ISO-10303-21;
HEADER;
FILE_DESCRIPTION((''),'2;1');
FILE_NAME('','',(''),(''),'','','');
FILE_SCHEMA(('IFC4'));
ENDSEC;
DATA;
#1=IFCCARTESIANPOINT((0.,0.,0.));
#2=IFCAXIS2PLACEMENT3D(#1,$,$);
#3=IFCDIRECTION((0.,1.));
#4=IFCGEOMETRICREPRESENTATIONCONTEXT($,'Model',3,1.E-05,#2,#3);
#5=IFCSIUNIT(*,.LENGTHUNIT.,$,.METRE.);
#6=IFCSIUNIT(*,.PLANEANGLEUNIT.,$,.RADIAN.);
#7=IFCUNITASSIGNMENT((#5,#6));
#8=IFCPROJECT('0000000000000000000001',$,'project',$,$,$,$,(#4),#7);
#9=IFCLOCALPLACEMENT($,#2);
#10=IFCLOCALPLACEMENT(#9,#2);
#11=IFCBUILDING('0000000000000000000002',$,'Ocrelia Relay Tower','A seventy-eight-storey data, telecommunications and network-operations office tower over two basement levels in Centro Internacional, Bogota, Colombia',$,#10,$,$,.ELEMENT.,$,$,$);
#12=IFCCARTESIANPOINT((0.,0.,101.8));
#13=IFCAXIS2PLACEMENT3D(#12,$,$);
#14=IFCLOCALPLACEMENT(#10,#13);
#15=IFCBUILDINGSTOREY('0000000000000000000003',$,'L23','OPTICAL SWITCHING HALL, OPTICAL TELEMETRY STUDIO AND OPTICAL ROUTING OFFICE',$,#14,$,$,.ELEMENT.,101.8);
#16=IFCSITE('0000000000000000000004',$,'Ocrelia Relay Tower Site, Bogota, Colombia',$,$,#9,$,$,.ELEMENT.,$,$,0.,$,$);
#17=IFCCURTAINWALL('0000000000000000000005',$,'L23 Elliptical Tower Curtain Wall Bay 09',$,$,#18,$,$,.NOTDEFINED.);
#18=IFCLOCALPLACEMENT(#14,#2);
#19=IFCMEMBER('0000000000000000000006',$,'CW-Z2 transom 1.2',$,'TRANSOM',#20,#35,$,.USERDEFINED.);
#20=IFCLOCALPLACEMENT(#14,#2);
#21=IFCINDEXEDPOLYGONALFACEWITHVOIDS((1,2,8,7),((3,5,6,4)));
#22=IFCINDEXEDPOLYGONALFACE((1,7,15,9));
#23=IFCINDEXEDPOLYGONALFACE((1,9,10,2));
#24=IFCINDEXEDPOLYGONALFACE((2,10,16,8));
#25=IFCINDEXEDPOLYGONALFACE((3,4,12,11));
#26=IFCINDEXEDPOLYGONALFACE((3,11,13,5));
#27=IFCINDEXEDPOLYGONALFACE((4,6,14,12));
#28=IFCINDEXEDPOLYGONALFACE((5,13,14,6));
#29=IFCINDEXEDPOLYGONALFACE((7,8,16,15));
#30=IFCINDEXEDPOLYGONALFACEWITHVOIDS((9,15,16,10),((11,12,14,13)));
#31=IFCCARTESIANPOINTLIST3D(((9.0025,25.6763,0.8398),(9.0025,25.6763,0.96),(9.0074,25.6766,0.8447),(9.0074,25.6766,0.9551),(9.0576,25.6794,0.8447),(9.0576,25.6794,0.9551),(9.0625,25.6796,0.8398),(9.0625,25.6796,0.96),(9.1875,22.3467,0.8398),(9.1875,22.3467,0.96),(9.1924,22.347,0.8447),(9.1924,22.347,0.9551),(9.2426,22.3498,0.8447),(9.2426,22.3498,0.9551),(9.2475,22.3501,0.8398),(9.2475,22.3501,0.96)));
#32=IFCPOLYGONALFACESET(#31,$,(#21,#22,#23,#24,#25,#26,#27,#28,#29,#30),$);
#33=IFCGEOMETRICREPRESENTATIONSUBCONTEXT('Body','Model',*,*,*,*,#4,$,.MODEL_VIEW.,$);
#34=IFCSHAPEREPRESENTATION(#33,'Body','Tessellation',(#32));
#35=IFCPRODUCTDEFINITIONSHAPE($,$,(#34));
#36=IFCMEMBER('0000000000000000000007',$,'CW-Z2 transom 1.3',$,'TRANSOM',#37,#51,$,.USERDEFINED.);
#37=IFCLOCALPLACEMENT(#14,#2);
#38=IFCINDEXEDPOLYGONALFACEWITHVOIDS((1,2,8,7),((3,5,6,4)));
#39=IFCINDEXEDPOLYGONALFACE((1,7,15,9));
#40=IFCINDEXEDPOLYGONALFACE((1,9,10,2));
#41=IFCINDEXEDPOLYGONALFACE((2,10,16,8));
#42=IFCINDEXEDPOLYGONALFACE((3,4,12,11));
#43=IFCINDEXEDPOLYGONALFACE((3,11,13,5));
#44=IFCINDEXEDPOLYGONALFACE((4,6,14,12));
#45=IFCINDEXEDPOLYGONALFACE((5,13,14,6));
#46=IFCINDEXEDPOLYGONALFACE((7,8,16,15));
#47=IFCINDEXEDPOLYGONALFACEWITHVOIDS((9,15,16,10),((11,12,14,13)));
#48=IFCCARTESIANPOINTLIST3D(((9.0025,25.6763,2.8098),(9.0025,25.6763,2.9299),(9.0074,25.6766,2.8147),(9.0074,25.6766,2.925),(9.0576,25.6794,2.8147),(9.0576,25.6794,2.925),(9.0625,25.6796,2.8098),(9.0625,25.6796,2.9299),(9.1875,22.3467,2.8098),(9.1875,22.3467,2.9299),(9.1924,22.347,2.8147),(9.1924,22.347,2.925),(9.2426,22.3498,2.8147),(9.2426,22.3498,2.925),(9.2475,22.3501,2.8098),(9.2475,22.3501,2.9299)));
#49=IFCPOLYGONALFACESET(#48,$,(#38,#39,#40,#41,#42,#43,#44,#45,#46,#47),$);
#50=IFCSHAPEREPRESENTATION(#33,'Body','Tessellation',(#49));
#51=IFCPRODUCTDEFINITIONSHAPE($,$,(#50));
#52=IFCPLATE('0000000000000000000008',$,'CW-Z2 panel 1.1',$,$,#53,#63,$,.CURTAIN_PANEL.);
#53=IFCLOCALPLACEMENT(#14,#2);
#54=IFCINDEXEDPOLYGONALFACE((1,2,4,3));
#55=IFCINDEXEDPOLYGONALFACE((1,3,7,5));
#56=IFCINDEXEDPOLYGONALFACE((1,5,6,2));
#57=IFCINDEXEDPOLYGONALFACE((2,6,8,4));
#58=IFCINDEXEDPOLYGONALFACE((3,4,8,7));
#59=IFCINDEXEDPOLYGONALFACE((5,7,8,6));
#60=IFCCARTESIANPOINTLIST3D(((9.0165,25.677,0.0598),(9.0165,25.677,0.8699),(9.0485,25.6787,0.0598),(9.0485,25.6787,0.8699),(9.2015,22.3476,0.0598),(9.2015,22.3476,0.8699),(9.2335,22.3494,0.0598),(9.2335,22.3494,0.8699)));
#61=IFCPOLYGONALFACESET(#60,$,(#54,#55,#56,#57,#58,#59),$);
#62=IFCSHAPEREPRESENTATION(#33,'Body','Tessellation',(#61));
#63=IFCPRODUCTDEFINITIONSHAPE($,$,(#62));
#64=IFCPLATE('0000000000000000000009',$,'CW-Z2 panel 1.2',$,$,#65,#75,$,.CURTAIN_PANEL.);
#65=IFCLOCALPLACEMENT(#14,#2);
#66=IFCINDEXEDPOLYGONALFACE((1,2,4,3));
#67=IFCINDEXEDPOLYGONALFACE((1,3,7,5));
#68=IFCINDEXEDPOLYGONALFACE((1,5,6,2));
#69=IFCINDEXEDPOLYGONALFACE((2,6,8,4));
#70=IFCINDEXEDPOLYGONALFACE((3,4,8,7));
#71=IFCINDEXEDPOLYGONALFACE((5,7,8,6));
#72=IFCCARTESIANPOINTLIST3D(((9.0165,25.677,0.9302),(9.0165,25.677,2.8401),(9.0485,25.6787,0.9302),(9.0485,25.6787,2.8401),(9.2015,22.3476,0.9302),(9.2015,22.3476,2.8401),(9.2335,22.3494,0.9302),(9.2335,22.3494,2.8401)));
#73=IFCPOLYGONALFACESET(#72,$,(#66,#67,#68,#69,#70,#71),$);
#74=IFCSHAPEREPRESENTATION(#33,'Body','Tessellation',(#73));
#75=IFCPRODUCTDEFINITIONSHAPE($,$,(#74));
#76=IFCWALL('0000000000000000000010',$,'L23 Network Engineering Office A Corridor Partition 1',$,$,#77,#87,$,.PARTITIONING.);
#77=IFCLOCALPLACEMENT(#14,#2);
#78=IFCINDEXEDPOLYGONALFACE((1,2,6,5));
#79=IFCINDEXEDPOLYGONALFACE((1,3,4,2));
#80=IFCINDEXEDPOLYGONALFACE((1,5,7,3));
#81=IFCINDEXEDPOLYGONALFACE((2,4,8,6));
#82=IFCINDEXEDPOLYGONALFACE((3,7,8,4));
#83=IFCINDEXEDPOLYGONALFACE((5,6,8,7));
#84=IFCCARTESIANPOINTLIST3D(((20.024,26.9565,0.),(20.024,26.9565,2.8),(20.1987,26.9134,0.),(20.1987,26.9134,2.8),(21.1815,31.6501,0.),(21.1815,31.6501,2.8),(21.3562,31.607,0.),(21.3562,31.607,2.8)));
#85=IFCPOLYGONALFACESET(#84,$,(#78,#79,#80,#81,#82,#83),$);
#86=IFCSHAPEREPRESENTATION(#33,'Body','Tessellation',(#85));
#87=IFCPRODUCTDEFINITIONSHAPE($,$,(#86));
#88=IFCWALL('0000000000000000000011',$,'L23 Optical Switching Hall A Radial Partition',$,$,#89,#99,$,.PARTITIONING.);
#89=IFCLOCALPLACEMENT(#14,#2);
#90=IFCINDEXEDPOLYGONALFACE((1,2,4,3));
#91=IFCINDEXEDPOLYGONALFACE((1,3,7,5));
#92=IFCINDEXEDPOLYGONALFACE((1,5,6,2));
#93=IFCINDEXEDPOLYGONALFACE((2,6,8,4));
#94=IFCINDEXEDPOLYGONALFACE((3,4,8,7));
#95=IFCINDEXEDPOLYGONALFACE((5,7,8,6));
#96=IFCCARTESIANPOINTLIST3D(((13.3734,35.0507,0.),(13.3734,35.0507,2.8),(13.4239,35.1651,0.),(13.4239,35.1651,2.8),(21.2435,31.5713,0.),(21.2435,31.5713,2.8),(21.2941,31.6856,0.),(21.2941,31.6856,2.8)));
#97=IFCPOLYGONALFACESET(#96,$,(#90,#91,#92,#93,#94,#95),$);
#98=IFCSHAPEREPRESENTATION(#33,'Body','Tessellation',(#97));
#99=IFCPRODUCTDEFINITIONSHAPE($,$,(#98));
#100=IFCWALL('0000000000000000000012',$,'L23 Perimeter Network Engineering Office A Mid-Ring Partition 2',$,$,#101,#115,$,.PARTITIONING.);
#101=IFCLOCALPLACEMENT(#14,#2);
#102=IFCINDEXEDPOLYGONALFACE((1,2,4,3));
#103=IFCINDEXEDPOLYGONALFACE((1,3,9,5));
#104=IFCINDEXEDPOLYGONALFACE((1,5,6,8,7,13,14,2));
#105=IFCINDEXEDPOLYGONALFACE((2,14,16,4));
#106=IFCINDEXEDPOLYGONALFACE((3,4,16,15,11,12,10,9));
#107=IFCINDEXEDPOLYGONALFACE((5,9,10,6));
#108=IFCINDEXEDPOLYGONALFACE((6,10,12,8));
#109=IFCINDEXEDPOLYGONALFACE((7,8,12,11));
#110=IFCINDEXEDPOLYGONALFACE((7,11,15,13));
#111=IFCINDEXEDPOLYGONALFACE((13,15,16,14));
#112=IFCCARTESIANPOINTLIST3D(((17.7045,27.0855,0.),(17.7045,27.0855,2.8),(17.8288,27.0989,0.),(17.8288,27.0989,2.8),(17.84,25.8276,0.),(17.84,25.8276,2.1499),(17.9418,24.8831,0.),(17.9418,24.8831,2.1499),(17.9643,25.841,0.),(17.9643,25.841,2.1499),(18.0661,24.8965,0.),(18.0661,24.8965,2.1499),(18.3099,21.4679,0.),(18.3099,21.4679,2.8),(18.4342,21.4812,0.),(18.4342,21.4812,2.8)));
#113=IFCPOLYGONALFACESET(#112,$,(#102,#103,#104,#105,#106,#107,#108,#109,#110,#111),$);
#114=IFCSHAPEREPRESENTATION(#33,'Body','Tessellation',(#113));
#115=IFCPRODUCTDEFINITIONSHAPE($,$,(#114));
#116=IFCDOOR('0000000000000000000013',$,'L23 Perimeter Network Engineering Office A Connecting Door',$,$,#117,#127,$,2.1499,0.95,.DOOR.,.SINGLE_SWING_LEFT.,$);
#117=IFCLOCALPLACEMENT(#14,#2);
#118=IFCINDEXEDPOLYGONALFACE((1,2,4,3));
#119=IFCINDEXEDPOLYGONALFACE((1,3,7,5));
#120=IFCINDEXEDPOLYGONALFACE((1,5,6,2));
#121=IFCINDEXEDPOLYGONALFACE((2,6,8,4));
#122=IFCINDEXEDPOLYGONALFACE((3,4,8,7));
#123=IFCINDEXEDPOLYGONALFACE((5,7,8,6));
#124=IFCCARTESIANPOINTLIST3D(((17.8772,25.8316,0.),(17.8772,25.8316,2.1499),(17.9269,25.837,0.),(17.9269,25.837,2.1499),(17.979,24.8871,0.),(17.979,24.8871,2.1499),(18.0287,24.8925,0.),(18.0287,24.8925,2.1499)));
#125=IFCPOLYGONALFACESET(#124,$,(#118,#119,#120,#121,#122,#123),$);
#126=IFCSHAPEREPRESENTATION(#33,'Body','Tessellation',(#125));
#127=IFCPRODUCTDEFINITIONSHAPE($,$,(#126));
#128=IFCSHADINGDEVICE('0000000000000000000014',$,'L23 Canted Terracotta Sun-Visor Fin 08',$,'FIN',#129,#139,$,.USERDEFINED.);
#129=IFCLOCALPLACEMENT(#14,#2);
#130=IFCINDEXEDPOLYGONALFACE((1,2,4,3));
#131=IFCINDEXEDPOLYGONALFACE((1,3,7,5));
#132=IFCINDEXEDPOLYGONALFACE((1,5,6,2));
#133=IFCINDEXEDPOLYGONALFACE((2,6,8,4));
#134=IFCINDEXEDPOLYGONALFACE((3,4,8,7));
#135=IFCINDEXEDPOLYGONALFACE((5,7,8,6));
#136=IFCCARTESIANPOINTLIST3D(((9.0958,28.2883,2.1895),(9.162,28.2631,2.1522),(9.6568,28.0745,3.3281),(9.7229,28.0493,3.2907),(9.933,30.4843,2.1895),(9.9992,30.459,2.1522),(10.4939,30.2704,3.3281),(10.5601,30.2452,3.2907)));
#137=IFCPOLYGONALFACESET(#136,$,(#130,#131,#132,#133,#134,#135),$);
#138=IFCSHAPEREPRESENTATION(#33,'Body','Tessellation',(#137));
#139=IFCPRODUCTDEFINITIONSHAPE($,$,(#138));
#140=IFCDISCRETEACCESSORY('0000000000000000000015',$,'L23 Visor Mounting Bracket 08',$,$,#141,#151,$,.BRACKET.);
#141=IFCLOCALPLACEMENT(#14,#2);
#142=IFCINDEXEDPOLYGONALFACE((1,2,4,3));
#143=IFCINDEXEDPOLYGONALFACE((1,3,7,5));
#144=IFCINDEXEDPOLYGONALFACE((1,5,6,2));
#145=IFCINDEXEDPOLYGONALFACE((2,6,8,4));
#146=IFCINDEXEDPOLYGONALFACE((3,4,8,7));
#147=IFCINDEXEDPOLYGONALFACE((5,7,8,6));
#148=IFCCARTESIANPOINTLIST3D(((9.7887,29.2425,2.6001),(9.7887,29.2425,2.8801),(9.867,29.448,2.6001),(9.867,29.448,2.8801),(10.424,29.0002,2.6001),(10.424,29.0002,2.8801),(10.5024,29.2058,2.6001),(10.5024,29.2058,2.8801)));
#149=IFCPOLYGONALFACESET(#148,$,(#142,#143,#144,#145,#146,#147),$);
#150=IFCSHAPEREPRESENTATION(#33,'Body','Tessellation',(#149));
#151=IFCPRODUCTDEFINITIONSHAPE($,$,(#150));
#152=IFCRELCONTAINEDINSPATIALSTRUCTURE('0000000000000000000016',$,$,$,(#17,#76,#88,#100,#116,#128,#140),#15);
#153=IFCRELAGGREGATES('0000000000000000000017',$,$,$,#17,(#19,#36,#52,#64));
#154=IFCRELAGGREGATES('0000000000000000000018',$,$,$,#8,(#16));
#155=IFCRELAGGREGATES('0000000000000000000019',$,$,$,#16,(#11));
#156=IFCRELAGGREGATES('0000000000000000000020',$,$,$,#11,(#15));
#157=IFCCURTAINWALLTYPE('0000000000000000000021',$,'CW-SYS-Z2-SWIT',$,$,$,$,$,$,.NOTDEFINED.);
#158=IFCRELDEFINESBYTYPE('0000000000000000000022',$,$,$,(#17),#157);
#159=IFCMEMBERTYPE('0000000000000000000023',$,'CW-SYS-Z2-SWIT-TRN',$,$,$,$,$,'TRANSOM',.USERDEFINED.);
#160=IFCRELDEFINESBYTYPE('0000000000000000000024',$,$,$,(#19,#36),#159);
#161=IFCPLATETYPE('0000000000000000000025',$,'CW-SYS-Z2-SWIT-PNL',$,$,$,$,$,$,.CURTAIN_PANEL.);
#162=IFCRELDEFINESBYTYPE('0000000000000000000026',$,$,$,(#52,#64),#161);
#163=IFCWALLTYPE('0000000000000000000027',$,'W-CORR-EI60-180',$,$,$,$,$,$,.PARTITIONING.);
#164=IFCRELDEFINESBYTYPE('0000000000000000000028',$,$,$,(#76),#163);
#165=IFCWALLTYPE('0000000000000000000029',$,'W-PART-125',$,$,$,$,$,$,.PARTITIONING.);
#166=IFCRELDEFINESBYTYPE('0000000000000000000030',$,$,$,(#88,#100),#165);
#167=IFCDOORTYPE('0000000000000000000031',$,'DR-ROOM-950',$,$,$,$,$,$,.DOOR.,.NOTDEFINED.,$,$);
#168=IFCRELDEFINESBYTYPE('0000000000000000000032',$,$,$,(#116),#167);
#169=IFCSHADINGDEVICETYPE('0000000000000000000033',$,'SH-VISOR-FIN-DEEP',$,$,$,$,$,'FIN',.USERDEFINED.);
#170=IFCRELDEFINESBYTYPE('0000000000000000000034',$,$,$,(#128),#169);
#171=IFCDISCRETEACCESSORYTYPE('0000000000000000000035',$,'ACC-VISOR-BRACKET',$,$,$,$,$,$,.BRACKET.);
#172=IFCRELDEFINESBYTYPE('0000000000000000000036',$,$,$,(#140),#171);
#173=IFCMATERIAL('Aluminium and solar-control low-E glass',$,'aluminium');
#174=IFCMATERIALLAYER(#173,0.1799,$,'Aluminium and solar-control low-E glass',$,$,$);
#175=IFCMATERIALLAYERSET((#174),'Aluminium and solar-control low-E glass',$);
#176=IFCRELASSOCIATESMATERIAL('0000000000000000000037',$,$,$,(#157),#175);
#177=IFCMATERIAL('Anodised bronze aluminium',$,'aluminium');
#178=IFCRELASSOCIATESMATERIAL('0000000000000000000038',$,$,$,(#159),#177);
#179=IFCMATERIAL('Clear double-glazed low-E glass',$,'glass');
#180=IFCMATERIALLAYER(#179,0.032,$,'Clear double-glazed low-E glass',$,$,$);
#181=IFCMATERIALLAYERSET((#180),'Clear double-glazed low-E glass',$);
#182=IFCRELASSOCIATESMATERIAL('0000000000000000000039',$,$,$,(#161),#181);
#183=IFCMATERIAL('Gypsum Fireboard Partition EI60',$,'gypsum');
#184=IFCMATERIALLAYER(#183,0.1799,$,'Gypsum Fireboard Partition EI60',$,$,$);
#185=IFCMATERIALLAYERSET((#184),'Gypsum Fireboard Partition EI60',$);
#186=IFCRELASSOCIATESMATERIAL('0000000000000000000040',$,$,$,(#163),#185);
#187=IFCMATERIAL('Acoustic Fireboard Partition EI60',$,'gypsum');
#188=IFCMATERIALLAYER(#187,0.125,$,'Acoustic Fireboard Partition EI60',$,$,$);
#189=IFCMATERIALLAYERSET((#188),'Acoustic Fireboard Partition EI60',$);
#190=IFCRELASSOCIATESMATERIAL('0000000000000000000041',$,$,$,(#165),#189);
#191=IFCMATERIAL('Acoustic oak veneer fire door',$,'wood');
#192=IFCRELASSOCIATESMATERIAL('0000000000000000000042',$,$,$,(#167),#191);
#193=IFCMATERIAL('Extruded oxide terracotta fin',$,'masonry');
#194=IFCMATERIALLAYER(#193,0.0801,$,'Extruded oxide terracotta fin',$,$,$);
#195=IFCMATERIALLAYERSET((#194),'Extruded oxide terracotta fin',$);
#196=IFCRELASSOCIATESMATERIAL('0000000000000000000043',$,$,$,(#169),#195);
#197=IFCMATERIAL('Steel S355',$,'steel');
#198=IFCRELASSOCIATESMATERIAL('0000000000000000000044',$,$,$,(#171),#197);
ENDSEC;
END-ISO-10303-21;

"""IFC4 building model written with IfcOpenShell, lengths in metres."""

from ifc_helpers import new_model, si_unit, direction, frame, frame_2d, origin, origin_2d, place, context, subcontext, project, spatial, rectangle, hollow_rectangle, extrude, material, layer, layer_set, material_profile, profile_set, type_object, element, fill, aggregate, save


model = new_model("IFC4")

# Units and contexts
model_context = context("Model", 3, precision=1e-05, world=origin(), true_north=direction((0.0, 1.0)))
body_context = subcontext(model_context, "Body", "Model", "MODEL_VIEW")
ifc_project = project(units=[si_unit("LENGTHUNIT", "METRE"), si_unit("PLANEANGLEUNIT", "RADIAN")], contexts=[model_context])

# Site, building, storey
site_placement = place(None, origin())
site = spatial("IfcSite", under=ifc_project, at=site_placement, Name="Ocrelia Relay Tower Site, Bogota, Colombia", CompositionType="ELEMENT", RefElevation=0.0)
building_placement = place(site_placement, origin())
building = spatial("IfcBuilding", under=site, at=building_placement, Name="Ocrelia Relay Tower", Description="A seventy-eight-storey data, telecommunications and network-operations office tower over two basement levels in Centro Internacional, Bogota, Colombia", CompositionType="ELEMENT")
storey_placement = place(building_placement, frame((0.0, 0.0, 101.8)))
storey = spatial("IfcBuildingStorey", under=building, at=storey_placement, Name="L23", Description="OPTICAL SWITCHING HALL, OPTICAL TELEMETRY STUDIO AND OPTICAL ROUTING OFFICE", CompositionType="ELEMENT", Elevation=101.8)

# Shared definitions
ifc_material_1 = material(Name="Steel S355", Category="steel")

# Curtain wall, members, plates
ifc_material_2 = material(Name="Aluminium and solar-control low-E glass", Category="aluminium")
ifc_layer_1 = layer(ifc_material_2, 0.1799, Name="Aluminium and solar-control low-E glass")
ifc_layer_set_1 = layer_set([ifc_layer_1], Name="Aluminium and solar-control low-E glass")
curtain_wall_type = type_object("IfcCurtainWallType", Name="CW-SYS-Z2-SWIT", PredefinedType="NOTDEFINED", material=ifc_layer_set_1)
curtain_wall_placement = place(storey_placement, origin())
curtain_wall = element("IfcCurtainWall", 1, at=curtain_wall_placement, inside=storey, type_object=curtain_wall_type, Name="L23 Elliptical Tower Curtain Wall Bay 09", PredefinedType="NOTDEFINED")
ifc_material_3 = material(Name="Anodised bronze aluminium", Category="aluminium")
ifc_material_profile_1 = material_profile(ifc_material_3, hollow_rectangle(XDim=0.0601, YDim=0.1201, WallThickness=0.0049, at=origin_2d()), Name="CW-TRN-120x60")
ifc_profile_set_1 = profile_set([ifc_material_profile_1], Name="Anodised bronze aluminium")
member_type_1 = type_object("IfcMemberType", Name="CW-SYS-Z2-SWIT-TRN", ElementType="TRANSOM", PredefinedType="USERDEFINED", material=ifc_profile_set_1)
member_1_placement = place(storey_placement, frame((9.0325, 25.678, 0.8999), z_axis=(0.055494, -0.998459, 0.0), x_axis=(0.998459, 0.055494, 0.0)))
member_1 = element("IfcMember", 2, at=member_1_placement, type_object=member_type_1, Name="CW-Z2 transom 1.2", ObjectType="TRANSOM", PredefinedType="USERDEFINED", context=body_context, shape_type="SweptSolid", body=[
    extrude(hollow_rectangle(XDim=0.0601, YDim=0.1201, WallThickness=0.0049, at=origin_2d()), origin(), (0.0, 0.0, 1.0), 3.3347),
])
member_2_placement = place(storey_placement, frame((9.0325, 25.678, 2.8699), z_axis=(0.055494, -0.998459, 0.0), x_axis=(0.998459, 0.055494, 0.0)))
member_2 = element("IfcMember", 3, at=member_2_placement, type_object=member_type_1, Name="CW-Z2 transom 1.3", ObjectType="TRANSOM", PredefinedType="USERDEFINED", context=body_context, shape_type="SweptSolid", body=[
    extrude(hollow_rectangle(XDim=0.0601, YDim=0.1201, WallThickness=0.0049, at=origin_2d()), origin(), (0.0, 0.0, 1.0), 3.3347),
])
ifc_material_4 = material(Name="Clear double-glazed low-E glass", Category="glass")
ifc_layer_2 = layer(ifc_material_4, 0.032, Name="Clear double-glazed low-E glass")
ifc_layer_set_2 = layer_set([ifc_layer_2], Name="Clear double-glazed low-E glass")
plate_type = type_object("IfcPlateType", Name="CW-SYS-Z2-SWIT-PNL", PredefinedType="CURTAIN_PANEL", material=ifc_layer_set_2)
plate_1_placement = place(storey_placement, frame((9.125, 24.0132, 0.0598), z_axis=(0.0, 0.0, 1.0), x_axis=(0.055487, -0.998459, 0.0)))
plate_1 = element("IfcPlate", 4, at=plate_1_placement, type_object=plate_type, Name="CW-Z2 panel 1.1", PredefinedType="CURTAIN_PANEL", context=body_context, shape_type="SweptSolid", body=[
    extrude(rectangle(XDim=3.3345, YDim=0.032, at=origin_2d()), origin(), (0.0, 0.0, 1.0), 0.8101),
])
plate_2_placement = place(storey_placement, frame((9.125, 24.0132, 0.9302), z_axis=(0.0, 0.0, 1.0), x_axis=(0.055487, -0.998459, 0.0)))
plate_2 = element("IfcPlate", 5, at=plate_2_placement, type_object=plate_type, Name="CW-Z2 panel 1.2", PredefinedType="CURTAIN_PANEL", context=body_context, shape_type="SweptSolid", body=[
    extrude(rectangle(XDim=3.3345, YDim=0.032, at=origin_2d()), origin(), (0.0, 0.0, 1.0), 1.9099),
])
aggregate(curtain_wall, [member_1, member_2, plate_1, plate_2])

# Wall
ifc_material_5 = material(Name="Gypsum Fireboard Partition EI60", Category="gypsum")
ifc_layer_3 = layer(ifc_material_5, 0.1799, Name="Gypsum Fireboard Partition EI60")
ifc_layer_set_3 = layer_set([ifc_layer_3], Name="Gypsum Fireboard Partition EI60")
wall_type_1 = type_object("IfcWallType", Name="W-CORR-EI60-180", PredefinedType="PARTITIONING", material=ifc_layer_set_3)
wall_1_placement = place(storey_placement, frame((21.2688, 31.6284, 0.0), z_axis=(0.0, 0.0, 1.0), x_axis=(-0.239433, -0.970913, 0.0)))
element("IfcWall", 6, at=wall_1_placement, inside=storey, type_object=wall_type_1, Name="L23 Network Engineering Office A Corridor Partition 1", PredefinedType="PARTITIONING", context=body_context, shape_type="SweptSolid", body=[
    extrude(rectangle(XDim=4.8342, YDim=0.1799, at=frame_2d((2.417, 0.0))), origin(), (0.0, 0.0, 1.0), 2.8),
])

# Shared definitions
ifc_material_6 = material(Name="Acoustic oak veneer fire door", Category="wood")

# Wall
ifc_material_7 = material(Name="Acoustic Fireboard Partition EI60", Category="gypsum")
ifc_layer_4 = layer(ifc_material_7, 0.125, Name="Acoustic Fireboard Partition EI60")
ifc_layer_set_4 = layer_set([ifc_layer_4], Name="Acoustic Fireboard Partition EI60")
wall_type_2 = type_object("IfcWallType", Name="W-PART-125", PredefinedType="PARTITIONING", material=ifc_layer_set_4)
wall_2_placement = place(storey_placement, frame((21.2688, 31.6284, 0.0), z_axis=(0.0, 0.0, 1.0), x_axis=(-0.914601, 0.404358, 0.0)))
element("IfcWall", 7, at=wall_2_placement, inside=storey, type_object=wall_type_2, Name="L23 Optical Switching Hall A Radial Partition", PredefinedType="PARTITIONING", context=body_context, shape_type="SweptSolid", body=[
    extrude(rectangle(XDim=8.605, YDim=0.125, at=frame_2d((4.3025, 0.0))), origin(), (0.0, 0.0, 1.0), 2.8),
])

# Wall, opening, door
wall_3_placement = place(storey_placement, frame((17.7666, 27.0923, 0.0), z_axis=(0.0, 0.0, 1.0), x_axis=(0.107159, -0.994242, 0.0)))
wall_3 = element("IfcWall", 8, at=wall_3_placement, inside=storey, type_object=wall_type_2, Name="L23 Perimeter Network Engineering Office A Mid-Ring Partition 2", PredefinedType="PARTITIONING", context=body_context, shape_type="SweptSolid", body=[
    extrude(rectangle(XDim=5.6501, YDim=0.125, at=frame_2d((2.8252, 0.0))), origin(), (0.0, 0.0, 1.0), 2.8),
])
opening_1_placement = place(wall_3_placement, frame((1.2651, 0.0, 0.0)))
opening_1 = element("IfcOpeningElement", 9, at=opening_1_placement, cuts=wall_3, PredefinedType="OPENING", context=body_context, shape_type="SweptSolid", body=[
    extrude(rectangle(XDim=0.95, YDim=2.1499, at=frame_2d((0.4751, 1.075))), frame((0.0, 0.0725, 0.0), z_axis=(0.0, -1.0, 0.0), x_axis=(1.0, 0.0, 0.0)), (0.0, 0.0, 1.0), 0.145),
])
door_type_1 = type_object("IfcDoorType", Name="DR-ROOM-950", OperationType="NOTDEFINED", PredefinedType="DOOR", material=ifc_material_6)
door_1_placement = place(opening_1_placement, origin())
door_1 = element("IfcDoor", 10, at=door_1_placement, inside=storey, type_object=door_type_1, Name="L23 Perimeter Network Engineering Office A Connecting Door", OperationType="SINGLE_SWING_LEFT", OverallHeight=2.1499, OverallWidth=0.95, PredefinedType="DOOR", context=body_context, shape_type="SweptSolid", body=[
    extrude(rectangle(XDim=0.95, YDim=2.1499, at=frame_2d((0.4751, 1.075))), frame((0.0, 0.0249, 0.0), z_axis=(0.0, -1.0, 0.0), x_axis=(1.0, 0.0, 0.0)), (0.0, 0.0, 1.0), 0.05),
])
fill(opening_1, door_1)

# Shading device
ifc_material_8 = material(Name="Extruded oxide terracotta fin", Category="masonry")
ifc_layer_5 = layer(ifc_material_8, 0.0801, Name="Extruded oxide terracotta fin")
ifc_layer_set_5 = layer_set([ifc_layer_5], Name="Extruded oxide terracotta fin")
shading_device_type = type_object("IfcShadingDeviceType", Name="SH-VISOR-FIN-DEEP", ElementType="FIN", PredefinedType="USERDEFINED", material=ifc_layer_set_5)
shading_device_placement = place(storey_placement, frame((9.8611, 29.2542, 2.7214), z_axis=(-0.826548, 0.315121, 0.466387), x_axis=(-0.356238, -0.934395, 0.0)))
element("IfcShadingDevice", 11, at=shading_device_placement, inside=storey, type_object=shading_device_type, Name="L23 Canted Terracotta Sun-Visor Fin 08", ObjectType="FIN", PredefinedType="USERDEFINED", context=body_context, shape_type="SweptSolid", body=[
    extrude(rectangle(XDim=2.3501, YDim=1.2871, at=origin_2d()), origin(), (0.0, 0.0, 1.0), 0.0801),
])

# Discrete accessory
discrete_accessory_type = type_object("IfcDiscreteAccessoryType", Name="ACC-VISOR-BRACKET", PredefinedType="BRACKET", material=ifc_material_1)
discrete_accessory_placement = place(storey_placement, frame((10.1455, 29.2241, 2.6001), z_axis=(0.0, 0.0, 1.0), x_axis=(-0.356238, -0.934395, 0.0)))
element("IfcDiscreteAccessory", 12, at=discrete_accessory_placement, inside=storey, type_object=discrete_accessory_type, Name="L23 Visor Mounting Bracket 08", PredefinedType="BRACKET", context=body_context, shape_type="SweptSolid", body=[
    extrude(rectangle(XDim=0.22, YDim=0.6799, at=origin_2d()), origin(), (0.0, 0.0, 1.0), 0.28),
])

save(model, "model.ifc")
